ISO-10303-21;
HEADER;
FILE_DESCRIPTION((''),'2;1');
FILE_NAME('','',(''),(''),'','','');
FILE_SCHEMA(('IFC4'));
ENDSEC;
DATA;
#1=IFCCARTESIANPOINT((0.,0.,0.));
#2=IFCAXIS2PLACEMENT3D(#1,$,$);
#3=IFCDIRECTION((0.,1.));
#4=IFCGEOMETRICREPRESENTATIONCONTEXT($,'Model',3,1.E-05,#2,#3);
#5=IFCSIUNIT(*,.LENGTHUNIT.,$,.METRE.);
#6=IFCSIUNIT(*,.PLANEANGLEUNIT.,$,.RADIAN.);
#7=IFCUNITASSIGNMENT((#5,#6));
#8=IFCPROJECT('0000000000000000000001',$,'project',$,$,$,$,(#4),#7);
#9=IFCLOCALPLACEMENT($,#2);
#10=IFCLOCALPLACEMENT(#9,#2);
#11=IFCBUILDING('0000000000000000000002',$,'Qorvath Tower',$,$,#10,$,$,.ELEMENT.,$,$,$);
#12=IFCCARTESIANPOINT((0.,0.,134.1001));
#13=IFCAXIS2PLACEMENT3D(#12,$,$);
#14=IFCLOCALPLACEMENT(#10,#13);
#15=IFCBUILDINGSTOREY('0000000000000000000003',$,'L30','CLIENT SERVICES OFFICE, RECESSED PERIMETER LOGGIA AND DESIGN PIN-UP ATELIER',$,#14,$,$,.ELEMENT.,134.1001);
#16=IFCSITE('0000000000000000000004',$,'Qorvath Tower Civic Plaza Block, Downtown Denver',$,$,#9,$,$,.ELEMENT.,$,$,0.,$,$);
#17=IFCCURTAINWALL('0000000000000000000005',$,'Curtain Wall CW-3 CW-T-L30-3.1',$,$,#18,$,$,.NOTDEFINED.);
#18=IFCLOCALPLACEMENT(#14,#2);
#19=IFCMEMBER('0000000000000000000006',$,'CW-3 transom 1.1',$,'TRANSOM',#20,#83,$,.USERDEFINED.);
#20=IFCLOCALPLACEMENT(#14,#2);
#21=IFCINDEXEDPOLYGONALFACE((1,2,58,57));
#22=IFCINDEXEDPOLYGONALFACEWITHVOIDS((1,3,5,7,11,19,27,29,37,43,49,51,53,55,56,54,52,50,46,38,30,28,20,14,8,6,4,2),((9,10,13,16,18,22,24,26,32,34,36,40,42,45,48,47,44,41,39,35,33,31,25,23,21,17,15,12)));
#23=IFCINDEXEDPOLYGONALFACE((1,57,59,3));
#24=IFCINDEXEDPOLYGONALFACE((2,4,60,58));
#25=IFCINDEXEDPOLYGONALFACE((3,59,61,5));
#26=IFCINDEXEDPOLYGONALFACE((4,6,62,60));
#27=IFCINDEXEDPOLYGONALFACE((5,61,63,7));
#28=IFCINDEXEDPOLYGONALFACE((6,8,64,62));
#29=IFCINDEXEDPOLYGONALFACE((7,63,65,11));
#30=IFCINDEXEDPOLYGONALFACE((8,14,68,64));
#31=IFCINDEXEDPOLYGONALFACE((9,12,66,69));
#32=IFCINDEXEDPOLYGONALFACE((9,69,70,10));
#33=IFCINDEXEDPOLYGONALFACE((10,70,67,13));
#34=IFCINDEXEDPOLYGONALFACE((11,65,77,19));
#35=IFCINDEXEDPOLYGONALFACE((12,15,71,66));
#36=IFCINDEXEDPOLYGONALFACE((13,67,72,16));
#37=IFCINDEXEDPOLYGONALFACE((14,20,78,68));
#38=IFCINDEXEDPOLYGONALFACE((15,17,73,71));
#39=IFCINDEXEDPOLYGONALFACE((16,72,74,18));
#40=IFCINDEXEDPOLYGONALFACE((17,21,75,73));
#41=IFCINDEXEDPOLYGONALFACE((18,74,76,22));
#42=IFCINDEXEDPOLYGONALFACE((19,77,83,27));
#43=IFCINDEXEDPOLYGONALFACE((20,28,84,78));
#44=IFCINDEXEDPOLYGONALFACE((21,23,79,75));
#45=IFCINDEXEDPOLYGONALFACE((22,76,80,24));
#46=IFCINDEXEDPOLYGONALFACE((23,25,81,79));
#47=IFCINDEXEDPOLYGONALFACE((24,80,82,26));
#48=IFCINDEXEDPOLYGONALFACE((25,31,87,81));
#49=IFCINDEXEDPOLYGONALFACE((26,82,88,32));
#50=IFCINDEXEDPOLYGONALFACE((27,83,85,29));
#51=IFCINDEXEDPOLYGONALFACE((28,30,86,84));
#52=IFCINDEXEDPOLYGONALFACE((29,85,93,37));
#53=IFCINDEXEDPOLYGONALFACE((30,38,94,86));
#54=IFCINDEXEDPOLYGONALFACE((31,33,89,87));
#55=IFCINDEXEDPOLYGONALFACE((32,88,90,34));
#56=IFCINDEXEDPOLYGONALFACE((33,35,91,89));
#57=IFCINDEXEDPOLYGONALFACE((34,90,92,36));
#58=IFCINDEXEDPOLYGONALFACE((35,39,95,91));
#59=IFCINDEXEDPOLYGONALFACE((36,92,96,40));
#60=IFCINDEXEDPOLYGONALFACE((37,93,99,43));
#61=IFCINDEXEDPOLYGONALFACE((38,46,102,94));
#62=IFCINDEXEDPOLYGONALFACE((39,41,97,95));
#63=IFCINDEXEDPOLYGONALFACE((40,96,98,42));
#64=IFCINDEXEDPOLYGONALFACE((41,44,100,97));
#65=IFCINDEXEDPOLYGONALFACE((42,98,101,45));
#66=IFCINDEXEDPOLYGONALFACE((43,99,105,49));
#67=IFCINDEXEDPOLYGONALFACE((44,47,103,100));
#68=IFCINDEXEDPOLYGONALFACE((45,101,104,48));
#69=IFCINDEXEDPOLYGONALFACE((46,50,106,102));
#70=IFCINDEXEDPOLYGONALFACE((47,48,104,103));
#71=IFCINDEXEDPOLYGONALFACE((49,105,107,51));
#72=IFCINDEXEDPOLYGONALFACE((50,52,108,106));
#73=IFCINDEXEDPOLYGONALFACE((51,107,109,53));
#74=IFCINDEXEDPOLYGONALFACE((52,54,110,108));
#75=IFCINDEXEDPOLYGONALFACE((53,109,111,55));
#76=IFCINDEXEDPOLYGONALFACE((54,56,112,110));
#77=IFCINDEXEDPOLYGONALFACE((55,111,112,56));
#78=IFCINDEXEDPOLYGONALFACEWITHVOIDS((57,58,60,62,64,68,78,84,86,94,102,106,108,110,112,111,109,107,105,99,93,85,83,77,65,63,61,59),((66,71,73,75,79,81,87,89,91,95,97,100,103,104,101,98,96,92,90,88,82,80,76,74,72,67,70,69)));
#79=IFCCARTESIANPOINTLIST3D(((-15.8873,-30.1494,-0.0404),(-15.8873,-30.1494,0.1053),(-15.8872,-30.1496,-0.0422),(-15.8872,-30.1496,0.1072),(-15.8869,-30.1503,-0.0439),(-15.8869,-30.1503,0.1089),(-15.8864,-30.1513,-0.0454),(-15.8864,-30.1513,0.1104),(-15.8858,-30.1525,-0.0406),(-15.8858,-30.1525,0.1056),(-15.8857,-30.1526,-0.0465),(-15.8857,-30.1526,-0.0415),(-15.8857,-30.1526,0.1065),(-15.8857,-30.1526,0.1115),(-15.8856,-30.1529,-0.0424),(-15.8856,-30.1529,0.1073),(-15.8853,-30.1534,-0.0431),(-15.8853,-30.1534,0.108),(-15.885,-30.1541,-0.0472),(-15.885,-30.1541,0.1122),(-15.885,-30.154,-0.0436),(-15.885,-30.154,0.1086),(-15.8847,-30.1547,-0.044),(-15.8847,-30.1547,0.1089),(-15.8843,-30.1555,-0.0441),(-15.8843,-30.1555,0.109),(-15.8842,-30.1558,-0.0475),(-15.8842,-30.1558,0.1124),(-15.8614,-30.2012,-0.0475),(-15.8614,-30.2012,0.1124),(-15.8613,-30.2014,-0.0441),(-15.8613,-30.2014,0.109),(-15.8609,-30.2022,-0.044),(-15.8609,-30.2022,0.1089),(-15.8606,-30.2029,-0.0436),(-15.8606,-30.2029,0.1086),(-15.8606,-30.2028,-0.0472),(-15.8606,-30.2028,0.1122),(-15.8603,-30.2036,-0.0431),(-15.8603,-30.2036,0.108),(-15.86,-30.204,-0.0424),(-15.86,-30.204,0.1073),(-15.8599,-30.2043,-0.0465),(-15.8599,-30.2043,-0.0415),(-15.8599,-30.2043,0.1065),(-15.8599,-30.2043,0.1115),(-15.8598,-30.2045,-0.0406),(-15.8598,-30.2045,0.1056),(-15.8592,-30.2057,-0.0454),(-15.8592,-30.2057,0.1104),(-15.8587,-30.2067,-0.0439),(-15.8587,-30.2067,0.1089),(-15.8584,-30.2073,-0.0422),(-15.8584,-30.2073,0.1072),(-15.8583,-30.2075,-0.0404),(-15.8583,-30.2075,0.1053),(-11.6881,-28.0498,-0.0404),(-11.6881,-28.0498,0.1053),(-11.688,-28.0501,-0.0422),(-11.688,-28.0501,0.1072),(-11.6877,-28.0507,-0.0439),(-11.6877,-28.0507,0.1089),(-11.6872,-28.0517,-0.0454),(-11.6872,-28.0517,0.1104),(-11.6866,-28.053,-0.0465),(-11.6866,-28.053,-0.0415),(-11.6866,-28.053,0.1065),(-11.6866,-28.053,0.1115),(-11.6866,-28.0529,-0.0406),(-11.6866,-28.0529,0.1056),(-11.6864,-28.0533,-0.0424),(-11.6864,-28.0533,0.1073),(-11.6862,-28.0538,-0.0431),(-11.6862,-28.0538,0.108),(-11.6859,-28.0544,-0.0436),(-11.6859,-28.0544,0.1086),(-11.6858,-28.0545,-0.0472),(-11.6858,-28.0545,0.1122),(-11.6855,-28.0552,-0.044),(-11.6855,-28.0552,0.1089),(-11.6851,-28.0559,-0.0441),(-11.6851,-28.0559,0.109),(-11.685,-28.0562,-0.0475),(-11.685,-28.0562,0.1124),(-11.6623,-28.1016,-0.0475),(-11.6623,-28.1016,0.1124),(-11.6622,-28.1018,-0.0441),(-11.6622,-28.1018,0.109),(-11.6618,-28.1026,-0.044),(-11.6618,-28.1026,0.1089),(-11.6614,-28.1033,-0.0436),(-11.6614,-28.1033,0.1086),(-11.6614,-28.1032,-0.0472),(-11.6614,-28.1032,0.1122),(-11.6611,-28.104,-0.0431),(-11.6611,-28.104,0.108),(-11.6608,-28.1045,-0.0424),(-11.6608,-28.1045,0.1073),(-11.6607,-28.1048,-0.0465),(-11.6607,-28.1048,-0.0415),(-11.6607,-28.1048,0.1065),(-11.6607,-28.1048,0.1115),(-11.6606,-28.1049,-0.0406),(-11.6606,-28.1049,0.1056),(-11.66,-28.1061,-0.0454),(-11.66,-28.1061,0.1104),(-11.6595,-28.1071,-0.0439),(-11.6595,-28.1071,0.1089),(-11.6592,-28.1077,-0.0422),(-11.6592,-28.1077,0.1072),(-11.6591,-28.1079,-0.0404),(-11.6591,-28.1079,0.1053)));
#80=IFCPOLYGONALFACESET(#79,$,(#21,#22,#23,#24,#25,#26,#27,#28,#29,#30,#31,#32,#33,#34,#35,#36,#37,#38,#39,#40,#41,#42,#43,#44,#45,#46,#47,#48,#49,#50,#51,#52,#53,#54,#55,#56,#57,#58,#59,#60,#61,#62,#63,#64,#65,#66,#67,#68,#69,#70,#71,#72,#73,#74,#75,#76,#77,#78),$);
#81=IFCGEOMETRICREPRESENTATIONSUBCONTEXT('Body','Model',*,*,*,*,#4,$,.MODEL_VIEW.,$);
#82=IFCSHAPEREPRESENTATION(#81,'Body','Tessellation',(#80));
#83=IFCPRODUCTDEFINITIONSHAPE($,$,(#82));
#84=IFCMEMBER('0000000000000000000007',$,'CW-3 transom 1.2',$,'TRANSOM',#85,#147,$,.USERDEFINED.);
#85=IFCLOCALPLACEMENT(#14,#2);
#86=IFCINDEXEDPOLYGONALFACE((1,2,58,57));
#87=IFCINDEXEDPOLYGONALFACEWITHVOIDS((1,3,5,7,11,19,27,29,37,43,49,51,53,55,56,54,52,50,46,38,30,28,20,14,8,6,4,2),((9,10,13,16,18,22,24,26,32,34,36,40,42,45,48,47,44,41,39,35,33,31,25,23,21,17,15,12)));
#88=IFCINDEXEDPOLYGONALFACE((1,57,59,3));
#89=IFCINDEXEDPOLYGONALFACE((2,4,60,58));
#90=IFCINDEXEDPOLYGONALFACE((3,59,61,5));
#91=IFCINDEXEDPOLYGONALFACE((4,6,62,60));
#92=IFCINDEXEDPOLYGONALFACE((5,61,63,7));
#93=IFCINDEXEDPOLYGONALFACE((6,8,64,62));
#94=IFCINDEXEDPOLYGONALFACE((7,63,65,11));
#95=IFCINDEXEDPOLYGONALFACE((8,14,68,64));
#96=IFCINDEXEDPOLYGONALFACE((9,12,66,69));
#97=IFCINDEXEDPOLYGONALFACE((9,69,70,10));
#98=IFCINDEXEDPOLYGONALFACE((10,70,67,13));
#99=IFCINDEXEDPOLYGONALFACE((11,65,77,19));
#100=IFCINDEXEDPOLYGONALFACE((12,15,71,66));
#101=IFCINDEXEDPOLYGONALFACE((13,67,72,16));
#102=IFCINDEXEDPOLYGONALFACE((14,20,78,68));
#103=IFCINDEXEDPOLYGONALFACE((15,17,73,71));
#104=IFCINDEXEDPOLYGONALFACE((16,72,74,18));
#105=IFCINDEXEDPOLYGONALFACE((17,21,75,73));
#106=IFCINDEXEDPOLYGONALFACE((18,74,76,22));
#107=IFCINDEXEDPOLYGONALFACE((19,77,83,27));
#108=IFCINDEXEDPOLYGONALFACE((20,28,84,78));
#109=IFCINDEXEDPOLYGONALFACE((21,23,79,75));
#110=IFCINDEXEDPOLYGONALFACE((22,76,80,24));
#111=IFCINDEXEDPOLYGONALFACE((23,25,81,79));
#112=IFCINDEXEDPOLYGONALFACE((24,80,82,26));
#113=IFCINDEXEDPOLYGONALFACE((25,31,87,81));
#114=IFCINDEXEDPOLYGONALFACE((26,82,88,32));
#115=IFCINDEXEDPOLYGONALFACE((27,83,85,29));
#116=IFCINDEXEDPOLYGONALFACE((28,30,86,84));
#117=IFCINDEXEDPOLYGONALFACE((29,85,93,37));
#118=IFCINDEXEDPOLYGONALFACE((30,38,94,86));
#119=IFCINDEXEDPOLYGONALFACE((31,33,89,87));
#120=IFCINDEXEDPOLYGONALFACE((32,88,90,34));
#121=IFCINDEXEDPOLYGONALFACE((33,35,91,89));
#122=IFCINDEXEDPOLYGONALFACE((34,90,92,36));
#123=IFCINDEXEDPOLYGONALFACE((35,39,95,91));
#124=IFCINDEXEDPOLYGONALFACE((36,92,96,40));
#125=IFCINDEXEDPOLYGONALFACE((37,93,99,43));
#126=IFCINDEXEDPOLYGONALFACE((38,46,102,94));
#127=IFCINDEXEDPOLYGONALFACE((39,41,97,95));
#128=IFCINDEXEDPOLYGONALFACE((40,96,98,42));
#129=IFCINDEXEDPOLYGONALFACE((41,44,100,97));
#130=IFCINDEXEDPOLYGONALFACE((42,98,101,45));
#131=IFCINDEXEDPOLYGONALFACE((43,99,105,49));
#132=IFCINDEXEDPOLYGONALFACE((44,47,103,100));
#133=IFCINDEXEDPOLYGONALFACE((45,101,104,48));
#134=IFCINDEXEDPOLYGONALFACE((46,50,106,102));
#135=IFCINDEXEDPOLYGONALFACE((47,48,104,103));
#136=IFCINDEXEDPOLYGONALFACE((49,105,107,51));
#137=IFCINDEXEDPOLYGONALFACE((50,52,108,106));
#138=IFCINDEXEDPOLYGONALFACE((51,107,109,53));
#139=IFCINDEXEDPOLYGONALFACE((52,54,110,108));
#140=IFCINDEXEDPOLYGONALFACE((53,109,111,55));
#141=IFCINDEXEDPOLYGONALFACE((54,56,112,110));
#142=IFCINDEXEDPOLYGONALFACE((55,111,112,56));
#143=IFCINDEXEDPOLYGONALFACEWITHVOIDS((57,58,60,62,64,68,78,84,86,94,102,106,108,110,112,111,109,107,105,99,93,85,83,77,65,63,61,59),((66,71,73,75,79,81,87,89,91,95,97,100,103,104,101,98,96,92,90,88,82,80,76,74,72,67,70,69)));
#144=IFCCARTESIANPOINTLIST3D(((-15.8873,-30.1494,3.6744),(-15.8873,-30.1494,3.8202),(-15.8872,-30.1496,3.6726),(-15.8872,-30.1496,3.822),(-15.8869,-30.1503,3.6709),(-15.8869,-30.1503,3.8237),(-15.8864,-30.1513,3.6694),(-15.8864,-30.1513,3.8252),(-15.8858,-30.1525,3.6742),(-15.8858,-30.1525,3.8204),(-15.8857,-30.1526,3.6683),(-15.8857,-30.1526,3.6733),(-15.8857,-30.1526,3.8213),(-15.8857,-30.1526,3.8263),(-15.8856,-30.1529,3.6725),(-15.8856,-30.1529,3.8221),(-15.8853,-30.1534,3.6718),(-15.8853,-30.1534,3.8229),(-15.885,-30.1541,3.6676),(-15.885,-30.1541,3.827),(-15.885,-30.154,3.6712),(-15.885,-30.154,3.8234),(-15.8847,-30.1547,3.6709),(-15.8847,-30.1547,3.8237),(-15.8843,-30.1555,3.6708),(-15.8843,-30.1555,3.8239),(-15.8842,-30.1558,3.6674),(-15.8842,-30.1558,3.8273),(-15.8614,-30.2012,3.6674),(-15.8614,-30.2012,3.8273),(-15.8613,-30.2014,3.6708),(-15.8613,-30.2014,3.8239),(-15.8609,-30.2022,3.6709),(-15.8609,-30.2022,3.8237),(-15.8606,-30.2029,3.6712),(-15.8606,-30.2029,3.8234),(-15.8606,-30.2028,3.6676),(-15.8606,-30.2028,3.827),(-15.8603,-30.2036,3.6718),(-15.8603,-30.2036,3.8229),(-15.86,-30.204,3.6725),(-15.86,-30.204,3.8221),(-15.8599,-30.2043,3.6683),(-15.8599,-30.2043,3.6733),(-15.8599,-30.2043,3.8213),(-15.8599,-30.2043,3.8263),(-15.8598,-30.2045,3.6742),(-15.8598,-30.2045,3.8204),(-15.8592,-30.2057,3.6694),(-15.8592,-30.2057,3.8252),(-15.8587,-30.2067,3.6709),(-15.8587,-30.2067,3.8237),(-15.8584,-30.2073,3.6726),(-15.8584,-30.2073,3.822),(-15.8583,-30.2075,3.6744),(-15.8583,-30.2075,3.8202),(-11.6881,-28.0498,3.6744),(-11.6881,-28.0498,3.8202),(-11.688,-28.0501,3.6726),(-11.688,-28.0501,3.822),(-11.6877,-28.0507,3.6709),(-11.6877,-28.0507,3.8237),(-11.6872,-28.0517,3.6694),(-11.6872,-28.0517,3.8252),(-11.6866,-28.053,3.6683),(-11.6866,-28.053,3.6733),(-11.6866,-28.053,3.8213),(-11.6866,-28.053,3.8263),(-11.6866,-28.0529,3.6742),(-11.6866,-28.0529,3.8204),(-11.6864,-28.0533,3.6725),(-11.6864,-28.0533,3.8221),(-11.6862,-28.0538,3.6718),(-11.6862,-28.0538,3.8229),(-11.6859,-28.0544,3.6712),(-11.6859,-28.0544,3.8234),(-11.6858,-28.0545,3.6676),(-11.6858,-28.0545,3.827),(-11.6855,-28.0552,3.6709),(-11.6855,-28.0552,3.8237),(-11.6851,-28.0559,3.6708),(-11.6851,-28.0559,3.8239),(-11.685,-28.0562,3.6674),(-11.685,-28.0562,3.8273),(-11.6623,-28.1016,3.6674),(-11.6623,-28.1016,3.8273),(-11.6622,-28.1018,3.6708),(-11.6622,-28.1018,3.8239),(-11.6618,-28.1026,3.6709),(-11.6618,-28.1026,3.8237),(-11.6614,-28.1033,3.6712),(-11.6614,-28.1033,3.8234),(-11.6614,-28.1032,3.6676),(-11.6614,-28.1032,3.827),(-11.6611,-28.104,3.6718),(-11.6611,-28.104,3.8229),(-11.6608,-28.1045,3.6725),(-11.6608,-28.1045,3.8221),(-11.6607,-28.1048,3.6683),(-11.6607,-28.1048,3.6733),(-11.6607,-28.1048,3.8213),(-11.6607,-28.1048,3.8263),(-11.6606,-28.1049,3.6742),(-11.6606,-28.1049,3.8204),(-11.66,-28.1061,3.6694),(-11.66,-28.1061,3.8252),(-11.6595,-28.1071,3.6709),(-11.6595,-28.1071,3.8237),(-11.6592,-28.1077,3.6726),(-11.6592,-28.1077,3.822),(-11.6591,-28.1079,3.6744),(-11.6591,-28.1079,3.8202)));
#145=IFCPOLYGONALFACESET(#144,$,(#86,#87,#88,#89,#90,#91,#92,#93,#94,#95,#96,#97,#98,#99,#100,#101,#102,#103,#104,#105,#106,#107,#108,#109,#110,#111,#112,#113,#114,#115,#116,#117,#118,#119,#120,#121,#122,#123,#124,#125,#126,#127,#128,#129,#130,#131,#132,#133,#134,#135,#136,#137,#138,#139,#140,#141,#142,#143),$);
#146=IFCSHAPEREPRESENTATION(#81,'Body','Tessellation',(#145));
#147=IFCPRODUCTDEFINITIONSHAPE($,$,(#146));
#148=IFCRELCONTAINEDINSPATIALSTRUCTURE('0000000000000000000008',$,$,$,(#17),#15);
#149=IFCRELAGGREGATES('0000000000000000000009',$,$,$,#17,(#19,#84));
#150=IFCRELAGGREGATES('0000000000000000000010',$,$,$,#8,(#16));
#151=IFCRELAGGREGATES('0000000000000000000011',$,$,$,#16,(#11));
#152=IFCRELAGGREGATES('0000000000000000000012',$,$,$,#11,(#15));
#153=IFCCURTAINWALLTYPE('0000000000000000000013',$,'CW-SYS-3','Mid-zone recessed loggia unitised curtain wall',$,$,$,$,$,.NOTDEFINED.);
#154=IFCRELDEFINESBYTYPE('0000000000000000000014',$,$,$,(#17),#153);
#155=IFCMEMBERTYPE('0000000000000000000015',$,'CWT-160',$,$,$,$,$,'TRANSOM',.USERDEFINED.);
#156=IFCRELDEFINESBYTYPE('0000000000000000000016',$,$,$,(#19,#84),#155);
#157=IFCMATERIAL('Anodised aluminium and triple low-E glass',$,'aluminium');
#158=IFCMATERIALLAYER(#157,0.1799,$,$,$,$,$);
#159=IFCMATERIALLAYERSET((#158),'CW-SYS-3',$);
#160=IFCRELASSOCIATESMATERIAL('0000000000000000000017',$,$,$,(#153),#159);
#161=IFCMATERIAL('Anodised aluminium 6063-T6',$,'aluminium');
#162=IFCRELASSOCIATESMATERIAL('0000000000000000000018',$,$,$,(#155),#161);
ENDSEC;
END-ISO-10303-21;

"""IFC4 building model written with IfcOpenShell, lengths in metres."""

from ifc_helpers import new_model, si_unit, direction, frame, origin, origin_2d, place, context, subcontext, project, spatial, hollow_rectangle, extrude, material, layer, layer_set, material_profile, profile_set, type_object, element, aggregate, save


model = new_model("IFC4")

# Units and contexts
model_context = context("Model", 3, precision=1e-05, world=origin(), true_north=direction((0.0, 1.0)))
body_context = subcontext(model_context, "Body", "Model", "MODEL_VIEW")
ifc_project = project(units=[si_unit("LENGTHUNIT", "METRE"), si_unit("PLANEANGLEUNIT", "RADIAN")], contexts=[model_context])

# Site, building, storey
site_placement = place(None, origin())
site = spatial("IfcSite", under=ifc_project, at=site_placement, Name="Qorvath Tower Civic Plaza Block, Downtown Denver", CompositionType="ELEMENT", RefElevation=0.0)
building_placement = place(site_placement, origin())
building = spatial("IfcBuilding", under=site, at=building_placement, Name="Qorvath Tower", CompositionType="ELEMENT")
storey_placement = place(building_placement, frame((0.0, 0.0, 134.1001)))
storey = spatial("IfcBuildingStorey", under=building, at=storey_placement, Name="L30", Description="CLIENT SERVICES OFFICE, RECESSED PERIMETER LOGGIA AND DESIGN PIN-UP ATELIER", CompositionType="ELEMENT", Elevation=134.1001)

# Curtain wall
ifc_material_1 = material(Name="Anodised aluminium and triple low-E glass", Category="aluminium")
ifc_layer_1 = layer(ifc_material_1, 0.1799)
ifc_layer_set_1 = layer_set([ifc_layer_1], Name="CW-SYS-3")
curtain_wall_type = type_object("IfcCurtainWallType", Name="CW-SYS-3", Description="Mid-zone recessed loggia unitised curtain wall", PredefinedType="NOTDEFINED", material=ifc_layer_set_1)
curtain_wall_1_placement = place(storey_placement, origin())
curtain_wall_1 = element("IfcCurtainWall", 1, at=curtain_wall_1_placement, inside=storey, type_object=curtain_wall_type, Name="Curtain Wall CW-3 CW-T-L30-3.1", PredefinedType="NOTDEFINED")

# Members
ifc_material_2 = material(Name="Anodised aluminium 6063-T6", Category="aluminium")
ifc_material_profile_1 = material_profile(ifc_material_2, hollow_rectangle(XDim=0.0649, YDim=0.1599, WallThickness=0.0034, InnerFilletRadius=0.0034, OuterFilletRadius=0.0071, at=origin_2d()), Name="CWT 160x65")
ifc_profile_set_1 = profile_set([ifc_material_profile_1], Name="Anodised aluminium 6063-T6")
member_type_1 = type_object("IfcMemberType", Name="CWT-160", ElementType="TRANSOM", PredefinedType="USERDEFINED", material=ifc_profile_set_1)
member_1_placement = place(storey_placement, frame((-15.8728, -30.1785, 0.0325), z_axis=(0.894427, 0.447214, 0.0), x_axis=(-0.447214, 0.894427, 0.0)))
member_1 = element("IfcMember", 2, at=member_1_placement, type_object=member_type_1, Name="CW-3 transom 1.1", ObjectType="TRANSOM", PredefinedType="USERDEFINED", context=body_context, shape_type="SweptSolid", body=[
    extrude(hollow_rectangle(XDim=0.0649, YDim=0.1599, WallThickness=0.0034, InnerFilletRadius=0.0034, OuterFilletRadius=0.0071, at=origin_2d()), origin(), (0.0, 0.0, 1.0), 4.6948),
])
member_2_placement = place(storey_placement, frame((-15.8728, -30.1785, 3.7473), z_axis=(0.894427, 0.447214, 0.0), x_axis=(-0.447214, 0.894427, 0.0)))
member_2 = element("IfcMember", 3, at=member_2_placement, type_object=member_type_1, Name="CW-3 transom 1.2", ObjectType="TRANSOM", PredefinedType="USERDEFINED", context=body_context, shape_type="SweptSolid", body=[
    extrude(hollow_rectangle(XDim=0.0649, YDim=0.1599, WallThickness=0.0034, InnerFilletRadius=0.0034, OuterFilletRadius=0.0071, at=origin_2d()), origin(), (0.0, 0.0, 1.0), 4.6948),
])

aggregate(curtain_wall_1, [member_1, member_2])

save(model, "model.ifc")
